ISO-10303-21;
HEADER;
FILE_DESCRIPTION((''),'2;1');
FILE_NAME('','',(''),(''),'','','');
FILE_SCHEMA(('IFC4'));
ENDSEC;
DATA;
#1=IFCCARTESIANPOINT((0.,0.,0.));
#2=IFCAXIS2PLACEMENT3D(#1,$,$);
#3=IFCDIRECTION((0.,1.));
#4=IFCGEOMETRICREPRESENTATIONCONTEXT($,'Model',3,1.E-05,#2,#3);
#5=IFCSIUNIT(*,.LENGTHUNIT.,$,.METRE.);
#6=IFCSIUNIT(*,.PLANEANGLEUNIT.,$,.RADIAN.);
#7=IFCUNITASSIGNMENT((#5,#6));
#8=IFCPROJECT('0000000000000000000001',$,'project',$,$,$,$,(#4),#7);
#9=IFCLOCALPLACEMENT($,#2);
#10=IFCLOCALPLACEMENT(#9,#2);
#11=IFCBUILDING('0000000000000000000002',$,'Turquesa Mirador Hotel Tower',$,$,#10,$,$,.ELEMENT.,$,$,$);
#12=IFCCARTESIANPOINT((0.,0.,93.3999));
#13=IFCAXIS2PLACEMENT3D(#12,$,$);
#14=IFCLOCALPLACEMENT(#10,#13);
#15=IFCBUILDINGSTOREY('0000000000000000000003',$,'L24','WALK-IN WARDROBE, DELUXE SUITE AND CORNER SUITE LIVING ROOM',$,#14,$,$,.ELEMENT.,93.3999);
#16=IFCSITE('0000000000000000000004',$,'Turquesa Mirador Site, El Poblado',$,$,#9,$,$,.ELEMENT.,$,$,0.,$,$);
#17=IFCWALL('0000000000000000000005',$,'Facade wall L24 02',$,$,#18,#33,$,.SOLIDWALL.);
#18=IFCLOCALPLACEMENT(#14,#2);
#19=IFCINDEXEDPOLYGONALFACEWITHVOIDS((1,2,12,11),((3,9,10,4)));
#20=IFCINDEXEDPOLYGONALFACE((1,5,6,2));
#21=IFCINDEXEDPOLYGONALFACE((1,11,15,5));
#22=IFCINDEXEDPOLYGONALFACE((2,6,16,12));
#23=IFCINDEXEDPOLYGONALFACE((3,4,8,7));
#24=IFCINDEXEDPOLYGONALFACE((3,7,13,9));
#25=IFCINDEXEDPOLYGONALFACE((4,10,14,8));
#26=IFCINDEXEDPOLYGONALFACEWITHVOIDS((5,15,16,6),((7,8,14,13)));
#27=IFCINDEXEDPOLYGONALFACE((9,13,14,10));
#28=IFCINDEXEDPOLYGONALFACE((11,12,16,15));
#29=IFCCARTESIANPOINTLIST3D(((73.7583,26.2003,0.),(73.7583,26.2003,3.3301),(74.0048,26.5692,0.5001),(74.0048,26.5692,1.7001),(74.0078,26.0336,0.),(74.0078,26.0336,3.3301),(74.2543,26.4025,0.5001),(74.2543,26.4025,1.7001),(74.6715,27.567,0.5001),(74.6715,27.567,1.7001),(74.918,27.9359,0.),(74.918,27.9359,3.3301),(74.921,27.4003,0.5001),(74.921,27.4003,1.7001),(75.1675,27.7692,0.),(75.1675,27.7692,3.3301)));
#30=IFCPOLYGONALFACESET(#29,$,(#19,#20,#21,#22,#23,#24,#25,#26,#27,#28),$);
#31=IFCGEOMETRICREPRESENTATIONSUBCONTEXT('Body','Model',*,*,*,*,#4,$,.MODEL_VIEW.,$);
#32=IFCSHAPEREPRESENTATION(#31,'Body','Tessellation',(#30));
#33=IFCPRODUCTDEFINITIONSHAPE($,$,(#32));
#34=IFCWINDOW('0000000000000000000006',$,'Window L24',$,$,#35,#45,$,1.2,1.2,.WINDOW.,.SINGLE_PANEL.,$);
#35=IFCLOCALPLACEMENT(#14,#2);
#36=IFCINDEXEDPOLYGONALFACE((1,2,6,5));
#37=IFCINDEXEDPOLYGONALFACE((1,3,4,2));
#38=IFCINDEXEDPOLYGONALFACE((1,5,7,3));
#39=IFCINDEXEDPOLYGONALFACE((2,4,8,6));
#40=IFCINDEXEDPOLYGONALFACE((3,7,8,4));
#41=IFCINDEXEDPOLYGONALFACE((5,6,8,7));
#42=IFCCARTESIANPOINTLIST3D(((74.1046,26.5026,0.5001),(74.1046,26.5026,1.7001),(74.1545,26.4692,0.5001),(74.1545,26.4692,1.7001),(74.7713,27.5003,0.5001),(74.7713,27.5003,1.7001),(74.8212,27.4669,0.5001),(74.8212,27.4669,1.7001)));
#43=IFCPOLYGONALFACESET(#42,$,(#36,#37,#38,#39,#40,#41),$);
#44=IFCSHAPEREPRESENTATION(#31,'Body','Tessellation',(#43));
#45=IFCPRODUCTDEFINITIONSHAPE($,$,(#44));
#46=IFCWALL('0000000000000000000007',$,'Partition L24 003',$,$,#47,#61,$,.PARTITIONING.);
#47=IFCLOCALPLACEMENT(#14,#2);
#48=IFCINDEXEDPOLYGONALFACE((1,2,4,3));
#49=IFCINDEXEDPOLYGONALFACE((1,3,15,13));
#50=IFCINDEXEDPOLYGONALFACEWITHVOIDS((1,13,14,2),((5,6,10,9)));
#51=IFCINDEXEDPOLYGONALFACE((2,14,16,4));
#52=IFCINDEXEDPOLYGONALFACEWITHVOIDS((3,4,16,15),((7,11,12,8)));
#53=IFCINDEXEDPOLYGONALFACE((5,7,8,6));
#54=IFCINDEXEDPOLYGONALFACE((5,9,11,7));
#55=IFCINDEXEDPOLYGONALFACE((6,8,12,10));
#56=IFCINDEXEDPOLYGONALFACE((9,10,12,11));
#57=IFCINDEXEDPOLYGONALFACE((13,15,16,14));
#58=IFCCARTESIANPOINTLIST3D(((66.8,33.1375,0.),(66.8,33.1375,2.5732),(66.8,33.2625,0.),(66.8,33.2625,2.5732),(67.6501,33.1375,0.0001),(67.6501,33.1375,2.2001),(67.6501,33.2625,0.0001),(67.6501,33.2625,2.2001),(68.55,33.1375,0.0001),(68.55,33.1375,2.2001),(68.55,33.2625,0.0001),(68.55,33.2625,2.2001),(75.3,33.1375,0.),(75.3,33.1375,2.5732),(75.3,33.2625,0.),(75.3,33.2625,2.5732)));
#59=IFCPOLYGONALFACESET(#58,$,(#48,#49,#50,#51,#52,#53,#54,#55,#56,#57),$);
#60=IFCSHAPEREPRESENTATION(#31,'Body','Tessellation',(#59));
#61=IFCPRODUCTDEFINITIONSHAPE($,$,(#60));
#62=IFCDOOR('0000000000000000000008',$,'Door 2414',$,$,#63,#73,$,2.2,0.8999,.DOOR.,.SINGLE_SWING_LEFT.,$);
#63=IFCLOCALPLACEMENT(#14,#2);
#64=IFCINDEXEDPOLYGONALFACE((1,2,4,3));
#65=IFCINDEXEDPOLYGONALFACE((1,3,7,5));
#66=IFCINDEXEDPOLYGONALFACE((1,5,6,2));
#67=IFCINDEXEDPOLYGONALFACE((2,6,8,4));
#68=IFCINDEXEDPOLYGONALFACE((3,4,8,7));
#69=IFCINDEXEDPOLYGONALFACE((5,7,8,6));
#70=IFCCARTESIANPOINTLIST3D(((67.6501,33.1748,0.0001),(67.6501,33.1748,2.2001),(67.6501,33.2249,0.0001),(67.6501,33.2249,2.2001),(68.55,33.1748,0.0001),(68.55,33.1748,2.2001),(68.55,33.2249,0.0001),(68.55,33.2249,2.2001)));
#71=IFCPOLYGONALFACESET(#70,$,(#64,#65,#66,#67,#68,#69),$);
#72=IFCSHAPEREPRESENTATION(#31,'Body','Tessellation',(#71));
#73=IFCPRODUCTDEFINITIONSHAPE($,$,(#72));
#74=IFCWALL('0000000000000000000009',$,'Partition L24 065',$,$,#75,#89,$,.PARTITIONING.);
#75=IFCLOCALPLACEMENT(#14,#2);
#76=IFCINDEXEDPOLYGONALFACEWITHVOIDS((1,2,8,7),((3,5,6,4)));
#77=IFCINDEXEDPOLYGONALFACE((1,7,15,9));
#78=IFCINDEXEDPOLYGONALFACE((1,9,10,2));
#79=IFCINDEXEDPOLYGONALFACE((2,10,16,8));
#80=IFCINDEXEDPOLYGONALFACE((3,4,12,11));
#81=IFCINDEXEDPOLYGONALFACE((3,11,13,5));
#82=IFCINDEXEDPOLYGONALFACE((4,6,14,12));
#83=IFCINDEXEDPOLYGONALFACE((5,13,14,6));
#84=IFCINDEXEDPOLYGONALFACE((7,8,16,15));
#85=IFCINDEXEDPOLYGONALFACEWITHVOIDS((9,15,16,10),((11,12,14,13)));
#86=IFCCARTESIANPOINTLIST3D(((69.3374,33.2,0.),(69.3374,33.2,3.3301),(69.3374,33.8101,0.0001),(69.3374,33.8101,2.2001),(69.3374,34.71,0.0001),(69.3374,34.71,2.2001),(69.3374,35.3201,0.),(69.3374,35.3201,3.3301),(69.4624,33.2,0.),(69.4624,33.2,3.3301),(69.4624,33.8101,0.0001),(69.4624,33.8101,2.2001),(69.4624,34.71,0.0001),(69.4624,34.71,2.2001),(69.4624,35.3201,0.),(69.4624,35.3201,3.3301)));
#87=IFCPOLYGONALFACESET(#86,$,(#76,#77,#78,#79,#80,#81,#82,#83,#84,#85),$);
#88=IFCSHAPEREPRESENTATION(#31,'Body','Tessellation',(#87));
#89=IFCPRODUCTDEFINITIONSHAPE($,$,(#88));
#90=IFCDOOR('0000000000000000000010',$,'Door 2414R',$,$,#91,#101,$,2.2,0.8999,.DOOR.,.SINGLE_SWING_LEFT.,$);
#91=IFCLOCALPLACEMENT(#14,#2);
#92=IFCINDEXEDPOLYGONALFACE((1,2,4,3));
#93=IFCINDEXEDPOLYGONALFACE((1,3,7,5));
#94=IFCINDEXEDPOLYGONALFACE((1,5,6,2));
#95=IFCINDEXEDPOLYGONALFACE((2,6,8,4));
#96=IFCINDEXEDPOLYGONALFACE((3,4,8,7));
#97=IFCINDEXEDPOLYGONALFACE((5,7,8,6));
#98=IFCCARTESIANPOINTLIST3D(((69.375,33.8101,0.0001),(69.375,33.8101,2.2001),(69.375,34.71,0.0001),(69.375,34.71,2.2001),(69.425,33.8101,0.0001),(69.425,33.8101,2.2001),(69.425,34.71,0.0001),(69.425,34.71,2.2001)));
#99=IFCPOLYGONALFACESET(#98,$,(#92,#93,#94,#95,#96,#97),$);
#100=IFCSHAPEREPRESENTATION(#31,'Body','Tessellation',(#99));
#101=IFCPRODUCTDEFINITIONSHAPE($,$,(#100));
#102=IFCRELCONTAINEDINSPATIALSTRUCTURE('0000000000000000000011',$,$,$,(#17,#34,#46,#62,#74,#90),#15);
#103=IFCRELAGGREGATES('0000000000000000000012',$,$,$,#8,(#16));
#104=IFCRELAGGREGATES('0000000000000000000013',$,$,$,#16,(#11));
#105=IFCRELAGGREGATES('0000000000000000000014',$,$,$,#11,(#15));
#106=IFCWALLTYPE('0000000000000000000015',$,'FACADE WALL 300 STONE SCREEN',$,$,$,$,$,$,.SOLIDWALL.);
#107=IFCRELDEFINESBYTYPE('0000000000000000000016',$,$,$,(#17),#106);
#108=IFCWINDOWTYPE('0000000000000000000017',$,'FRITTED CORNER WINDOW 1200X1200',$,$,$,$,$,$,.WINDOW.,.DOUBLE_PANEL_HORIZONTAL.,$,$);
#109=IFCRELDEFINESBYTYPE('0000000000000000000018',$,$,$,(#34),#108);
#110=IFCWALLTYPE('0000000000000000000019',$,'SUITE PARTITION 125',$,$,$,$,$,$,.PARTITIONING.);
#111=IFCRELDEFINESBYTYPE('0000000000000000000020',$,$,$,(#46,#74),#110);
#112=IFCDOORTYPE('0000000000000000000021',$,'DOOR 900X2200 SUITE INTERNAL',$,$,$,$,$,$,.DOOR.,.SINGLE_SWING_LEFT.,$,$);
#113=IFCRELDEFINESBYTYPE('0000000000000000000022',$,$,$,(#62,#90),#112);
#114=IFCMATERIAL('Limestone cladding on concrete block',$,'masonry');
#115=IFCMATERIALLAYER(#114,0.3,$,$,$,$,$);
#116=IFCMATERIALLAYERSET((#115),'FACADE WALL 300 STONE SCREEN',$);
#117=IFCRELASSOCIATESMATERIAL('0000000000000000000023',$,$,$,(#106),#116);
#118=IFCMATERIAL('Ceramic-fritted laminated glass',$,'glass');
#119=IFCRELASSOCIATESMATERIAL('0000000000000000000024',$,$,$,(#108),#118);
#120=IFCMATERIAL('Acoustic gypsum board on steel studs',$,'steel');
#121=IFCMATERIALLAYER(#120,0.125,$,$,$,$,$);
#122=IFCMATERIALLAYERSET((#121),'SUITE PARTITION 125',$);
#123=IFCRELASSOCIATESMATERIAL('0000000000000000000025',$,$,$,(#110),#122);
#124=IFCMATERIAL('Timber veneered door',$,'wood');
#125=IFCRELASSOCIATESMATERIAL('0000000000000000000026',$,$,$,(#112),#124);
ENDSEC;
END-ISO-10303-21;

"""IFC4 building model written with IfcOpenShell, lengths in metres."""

from ifc_helpers import new_model, si_unit, direction, frame, frame_2d, origin, place, context, subcontext, project, spatial, rectangle, extrude, material, layer, layer_set, type_object, element, fill, save


model = new_model("IFC4")

# Units and contexts
model_context = context("Model", 3, precision=1e-05, world=origin(), true_north=direction((0.0, 1.0)))
body_context = subcontext(model_context, "Body", "Model", "MODEL_VIEW")
ifc_project = project(units=[si_unit("LENGTHUNIT", "METRE"), si_unit("PLANEANGLEUNIT", "RADIAN")], contexts=[model_context])

# Site, building, storey
site_placement = place(None, origin())
site = spatial("IfcSite", under=ifc_project, at=site_placement, Name="Turquesa Mirador Site, El Poblado", CompositionType="ELEMENT", RefElevation=0.0)
building_placement = place(site_placement, origin())
building = spatial("IfcBuilding", under=site, at=building_placement, Name="Turquesa Mirador Hotel Tower", CompositionType="ELEMENT")
storey_placement = place(building_placement, frame((0.0, 0.0, 93.3999)))
storey = spatial("IfcBuildingStorey", under=building, at=storey_placement, Name="L24", Description="WALK-IN WARDROBE, DELUXE SUITE AND CORNER SUITE LIVING ROOM", CompositionType="ELEMENT", Elevation=93.3999)

# Wall, opening, window
ifc_material_1 = material(Name="Limestone cladding on concrete block", Category="masonry")
ifc_layer_1 = layer(ifc_material_1, 0.3)
ifc_layer_set_1 = layer_set([ifc_layer_1], Name="FACADE WALL 300 STONE SCREEN")
wall_type_1 = type_object("IfcWallType", Name="FACADE WALL 300 STONE SCREEN", PredefinedType="SOLIDWALL", material=ifc_layer_set_1)
ifc_material_2 = material(Name="Ceramic-fritted laminated glass", Category="glass")
window_type_1 = type_object("IfcWindowType", Name="FRITTED CORNER WINDOW 1200X1200", PartitioningType="DOUBLE_PANEL_HORIZONTAL", PredefinedType="WINDOW", material=ifc_material_2)
wall_1_placement = place(storey_placement, frame((73.8831, 26.1169, 0.0), z_axis=(0.0, 0.0, 1.0), x_axis=(0.555564, 0.831474, 0.0)))
wall_1 = element("IfcWall", 1, at=wall_1_placement, inside=storey, type_object=wall_type_1, Name="Facade wall L24 02", PredefinedType="SOLIDWALL", context=body_context, shape_type="SweptSolid", body=[
    extrude(rectangle(XDim=2.0874, YDim=0.3, at=frame_2d((1.0437, 0.0))), origin(), (0.0, 0.0, 1.0), 3.3301),
])
opening_1_placement = place(wall_1_placement, frame((0.4436, 0.0, 0.5)))
opening_1 = element("IfcOpeningElement", 2, at=opening_1_placement, cuts=wall_1, PredefinedType="OPENING", context=body_context, shape_type="SweptSolid", body=[
    extrude(rectangle(XDim=1.2, YDim=1.2, at=frame_2d((0.6001, 0.6001))), frame((0.0, 0.1599, 0.0), z_axis=(0.0, -1.0, 0.0), x_axis=(1.0, 0.0, 0.0)), (0.0, 0.0, 1.0), 0.3201),
])
window_1_placement = place(opening_1_placement, origin())
window_1 = element("IfcWindow", 3, at=window_1_placement, inside=storey, type_object=window_type_1, Name="Window L24", OverallHeight=1.2, OverallWidth=1.2, PartitioningType="SINGLE_PANEL", PredefinedType="WINDOW", context=body_context, shape_type="SweptSolid", body=[
    extrude(rectangle(XDim=1.2, YDim=1.2, at=frame_2d((0.6001, 0.6001))), frame((0.0, 0.03, 0.0), z_axis=(0.0, -1.0, 0.0), x_axis=(1.0, 0.0, 0.0)), (0.0, 0.0, 1.0), 0.0601),
])
fill(opening_1, window_1)

# Walls, openings, doors
ifc_material_3 = material(Name="Acoustic gypsum board on steel studs", Category="steel")
ifc_layer_2 = layer(ifc_material_3, 0.125)
ifc_layer_set_2 = layer_set([ifc_layer_2], Name="SUITE PARTITION 125")
wall_type_2 = type_object("IfcWallType", Name="SUITE PARTITION 125", PredefinedType="PARTITIONING", material=ifc_layer_set_2)
wall_2_placement = place(storey_placement, frame((66.8, 33.2, 0.0), z_axis=(0.0, 0.0, 1.0), x_axis=(1.0, 0.0, 0.0)))
wall_2 = element("IfcWall", 4, at=wall_2_placement, inside=storey, type_object=wall_type_2, Name="Partition L24 003", PredefinedType="PARTITIONING", context=body_context, shape_type="SweptSolid", body=[
    extrude(rectangle(XDim=8.5, YDim=0.125, at=frame_2d((4.25, 0.0))), origin(), (0.0, 0.0, 1.0), 2.5732),
])
opening_2_placement = place(wall_2_placement, frame((0.8501, 0.0, 0.0)))
opening_2 = element("IfcOpeningElement", 5, at=opening_2_placement, cuts=wall_2, PredefinedType="OPENING", context=body_context, shape_type="SweptSolid", body=[
    extrude(rectangle(XDim=0.8999, YDim=2.2, at=frame_2d((0.45, 1.1001))), frame((0.0, 0.0725, 0.0), z_axis=(0.0, -1.0, 0.0), x_axis=(1.0, 0.0, 0.0)), (0.0, 0.0, 1.0), 0.145),
])
ifc_material_4 = material(Name="Timber veneered door", Category="wood")
door_type = type_object("IfcDoorType", Name="DOOR 900X2200 SUITE INTERNAL", OperationType="SINGLE_SWING_LEFT", PredefinedType="DOOR", material=ifc_material_4)
door_1_placement = place(opening_2_placement, origin())
door_1 = element("IfcDoor", 6, at=door_1_placement, inside=storey, type_object=door_type, Name="Door 2414", OperationType="SINGLE_SWING_LEFT", OverallHeight=2.2, OverallWidth=0.8999, PredefinedType="DOOR", context=body_context, shape_type="SweptSolid", body=[
    extrude(rectangle(XDim=0.8999, YDim=2.2, at=frame_2d((0.45, 1.1001))), frame((0.0, 0.0249, 0.0), z_axis=(0.0, -1.0, 0.0), x_axis=(1.0, 0.0, 0.0)), (0.0, 0.0, 1.0), 0.05),
])
fill(opening_2, door_1)
wall_3_placement = place(storey_placement, frame((69.3999, 33.2, 0.0), z_axis=(0.0, 0.0, 1.0), x_axis=(0.0, 1.0, 0.0)))
wall_3 = element("IfcWall", 7, at=wall_3_placement, inside=storey, type_object=wall_type_2, Name="Partition L24 065", PredefinedType="PARTITIONING", context=body_context, shape_type="SweptSolid", body=[
    extrude(rectangle(XDim=2.1201, YDim=0.125, at=frame_2d((1.0601, 0.0))), origin(), (0.0, 0.0, 1.0), 3.3301),
])
opening_3_placement = place(wall_3_placement, frame((0.6101, 0.0, 0.0)))
opening_3 = element("IfcOpeningElement", 8, at=opening_3_placement, cuts=wall_3, PredefinedType="OPENING", context=body_context, shape_type="SweptSolid", body=[
    extrude(rectangle(XDim=0.8999, YDim=2.2, at=frame_2d((0.45, 1.1001))), frame((0.0, 0.0725, 0.0), z_axis=(0.0, -1.0, 0.0), x_axis=(1.0, 0.0, 0.0)), (0.0, 0.0, 1.0), 0.145),
])
door_2_placement = place(opening_3_placement, origin())
door_2 = element("IfcDoor", 9, at=door_2_placement, inside=storey, type_object=door_type, Name="Door 2414R", OperationType="SINGLE_SWING_LEFT", OverallHeight=2.2, OverallWidth=0.8999, PredefinedType="DOOR", context=body_context, shape_type="SweptSolid", body=[
    extrude(rectangle(XDim=0.8999, YDim=2.2, at=frame_2d((0.45, 1.1001))), frame((0.0, 0.0249, 0.0), z_axis=(0.0, -1.0, 0.0), x_axis=(1.0, 0.0, 0.0)), (0.0, 0.0, 1.0), 0.05),
])
fill(opening_3, door_2)

save(model, "model.ifc")
